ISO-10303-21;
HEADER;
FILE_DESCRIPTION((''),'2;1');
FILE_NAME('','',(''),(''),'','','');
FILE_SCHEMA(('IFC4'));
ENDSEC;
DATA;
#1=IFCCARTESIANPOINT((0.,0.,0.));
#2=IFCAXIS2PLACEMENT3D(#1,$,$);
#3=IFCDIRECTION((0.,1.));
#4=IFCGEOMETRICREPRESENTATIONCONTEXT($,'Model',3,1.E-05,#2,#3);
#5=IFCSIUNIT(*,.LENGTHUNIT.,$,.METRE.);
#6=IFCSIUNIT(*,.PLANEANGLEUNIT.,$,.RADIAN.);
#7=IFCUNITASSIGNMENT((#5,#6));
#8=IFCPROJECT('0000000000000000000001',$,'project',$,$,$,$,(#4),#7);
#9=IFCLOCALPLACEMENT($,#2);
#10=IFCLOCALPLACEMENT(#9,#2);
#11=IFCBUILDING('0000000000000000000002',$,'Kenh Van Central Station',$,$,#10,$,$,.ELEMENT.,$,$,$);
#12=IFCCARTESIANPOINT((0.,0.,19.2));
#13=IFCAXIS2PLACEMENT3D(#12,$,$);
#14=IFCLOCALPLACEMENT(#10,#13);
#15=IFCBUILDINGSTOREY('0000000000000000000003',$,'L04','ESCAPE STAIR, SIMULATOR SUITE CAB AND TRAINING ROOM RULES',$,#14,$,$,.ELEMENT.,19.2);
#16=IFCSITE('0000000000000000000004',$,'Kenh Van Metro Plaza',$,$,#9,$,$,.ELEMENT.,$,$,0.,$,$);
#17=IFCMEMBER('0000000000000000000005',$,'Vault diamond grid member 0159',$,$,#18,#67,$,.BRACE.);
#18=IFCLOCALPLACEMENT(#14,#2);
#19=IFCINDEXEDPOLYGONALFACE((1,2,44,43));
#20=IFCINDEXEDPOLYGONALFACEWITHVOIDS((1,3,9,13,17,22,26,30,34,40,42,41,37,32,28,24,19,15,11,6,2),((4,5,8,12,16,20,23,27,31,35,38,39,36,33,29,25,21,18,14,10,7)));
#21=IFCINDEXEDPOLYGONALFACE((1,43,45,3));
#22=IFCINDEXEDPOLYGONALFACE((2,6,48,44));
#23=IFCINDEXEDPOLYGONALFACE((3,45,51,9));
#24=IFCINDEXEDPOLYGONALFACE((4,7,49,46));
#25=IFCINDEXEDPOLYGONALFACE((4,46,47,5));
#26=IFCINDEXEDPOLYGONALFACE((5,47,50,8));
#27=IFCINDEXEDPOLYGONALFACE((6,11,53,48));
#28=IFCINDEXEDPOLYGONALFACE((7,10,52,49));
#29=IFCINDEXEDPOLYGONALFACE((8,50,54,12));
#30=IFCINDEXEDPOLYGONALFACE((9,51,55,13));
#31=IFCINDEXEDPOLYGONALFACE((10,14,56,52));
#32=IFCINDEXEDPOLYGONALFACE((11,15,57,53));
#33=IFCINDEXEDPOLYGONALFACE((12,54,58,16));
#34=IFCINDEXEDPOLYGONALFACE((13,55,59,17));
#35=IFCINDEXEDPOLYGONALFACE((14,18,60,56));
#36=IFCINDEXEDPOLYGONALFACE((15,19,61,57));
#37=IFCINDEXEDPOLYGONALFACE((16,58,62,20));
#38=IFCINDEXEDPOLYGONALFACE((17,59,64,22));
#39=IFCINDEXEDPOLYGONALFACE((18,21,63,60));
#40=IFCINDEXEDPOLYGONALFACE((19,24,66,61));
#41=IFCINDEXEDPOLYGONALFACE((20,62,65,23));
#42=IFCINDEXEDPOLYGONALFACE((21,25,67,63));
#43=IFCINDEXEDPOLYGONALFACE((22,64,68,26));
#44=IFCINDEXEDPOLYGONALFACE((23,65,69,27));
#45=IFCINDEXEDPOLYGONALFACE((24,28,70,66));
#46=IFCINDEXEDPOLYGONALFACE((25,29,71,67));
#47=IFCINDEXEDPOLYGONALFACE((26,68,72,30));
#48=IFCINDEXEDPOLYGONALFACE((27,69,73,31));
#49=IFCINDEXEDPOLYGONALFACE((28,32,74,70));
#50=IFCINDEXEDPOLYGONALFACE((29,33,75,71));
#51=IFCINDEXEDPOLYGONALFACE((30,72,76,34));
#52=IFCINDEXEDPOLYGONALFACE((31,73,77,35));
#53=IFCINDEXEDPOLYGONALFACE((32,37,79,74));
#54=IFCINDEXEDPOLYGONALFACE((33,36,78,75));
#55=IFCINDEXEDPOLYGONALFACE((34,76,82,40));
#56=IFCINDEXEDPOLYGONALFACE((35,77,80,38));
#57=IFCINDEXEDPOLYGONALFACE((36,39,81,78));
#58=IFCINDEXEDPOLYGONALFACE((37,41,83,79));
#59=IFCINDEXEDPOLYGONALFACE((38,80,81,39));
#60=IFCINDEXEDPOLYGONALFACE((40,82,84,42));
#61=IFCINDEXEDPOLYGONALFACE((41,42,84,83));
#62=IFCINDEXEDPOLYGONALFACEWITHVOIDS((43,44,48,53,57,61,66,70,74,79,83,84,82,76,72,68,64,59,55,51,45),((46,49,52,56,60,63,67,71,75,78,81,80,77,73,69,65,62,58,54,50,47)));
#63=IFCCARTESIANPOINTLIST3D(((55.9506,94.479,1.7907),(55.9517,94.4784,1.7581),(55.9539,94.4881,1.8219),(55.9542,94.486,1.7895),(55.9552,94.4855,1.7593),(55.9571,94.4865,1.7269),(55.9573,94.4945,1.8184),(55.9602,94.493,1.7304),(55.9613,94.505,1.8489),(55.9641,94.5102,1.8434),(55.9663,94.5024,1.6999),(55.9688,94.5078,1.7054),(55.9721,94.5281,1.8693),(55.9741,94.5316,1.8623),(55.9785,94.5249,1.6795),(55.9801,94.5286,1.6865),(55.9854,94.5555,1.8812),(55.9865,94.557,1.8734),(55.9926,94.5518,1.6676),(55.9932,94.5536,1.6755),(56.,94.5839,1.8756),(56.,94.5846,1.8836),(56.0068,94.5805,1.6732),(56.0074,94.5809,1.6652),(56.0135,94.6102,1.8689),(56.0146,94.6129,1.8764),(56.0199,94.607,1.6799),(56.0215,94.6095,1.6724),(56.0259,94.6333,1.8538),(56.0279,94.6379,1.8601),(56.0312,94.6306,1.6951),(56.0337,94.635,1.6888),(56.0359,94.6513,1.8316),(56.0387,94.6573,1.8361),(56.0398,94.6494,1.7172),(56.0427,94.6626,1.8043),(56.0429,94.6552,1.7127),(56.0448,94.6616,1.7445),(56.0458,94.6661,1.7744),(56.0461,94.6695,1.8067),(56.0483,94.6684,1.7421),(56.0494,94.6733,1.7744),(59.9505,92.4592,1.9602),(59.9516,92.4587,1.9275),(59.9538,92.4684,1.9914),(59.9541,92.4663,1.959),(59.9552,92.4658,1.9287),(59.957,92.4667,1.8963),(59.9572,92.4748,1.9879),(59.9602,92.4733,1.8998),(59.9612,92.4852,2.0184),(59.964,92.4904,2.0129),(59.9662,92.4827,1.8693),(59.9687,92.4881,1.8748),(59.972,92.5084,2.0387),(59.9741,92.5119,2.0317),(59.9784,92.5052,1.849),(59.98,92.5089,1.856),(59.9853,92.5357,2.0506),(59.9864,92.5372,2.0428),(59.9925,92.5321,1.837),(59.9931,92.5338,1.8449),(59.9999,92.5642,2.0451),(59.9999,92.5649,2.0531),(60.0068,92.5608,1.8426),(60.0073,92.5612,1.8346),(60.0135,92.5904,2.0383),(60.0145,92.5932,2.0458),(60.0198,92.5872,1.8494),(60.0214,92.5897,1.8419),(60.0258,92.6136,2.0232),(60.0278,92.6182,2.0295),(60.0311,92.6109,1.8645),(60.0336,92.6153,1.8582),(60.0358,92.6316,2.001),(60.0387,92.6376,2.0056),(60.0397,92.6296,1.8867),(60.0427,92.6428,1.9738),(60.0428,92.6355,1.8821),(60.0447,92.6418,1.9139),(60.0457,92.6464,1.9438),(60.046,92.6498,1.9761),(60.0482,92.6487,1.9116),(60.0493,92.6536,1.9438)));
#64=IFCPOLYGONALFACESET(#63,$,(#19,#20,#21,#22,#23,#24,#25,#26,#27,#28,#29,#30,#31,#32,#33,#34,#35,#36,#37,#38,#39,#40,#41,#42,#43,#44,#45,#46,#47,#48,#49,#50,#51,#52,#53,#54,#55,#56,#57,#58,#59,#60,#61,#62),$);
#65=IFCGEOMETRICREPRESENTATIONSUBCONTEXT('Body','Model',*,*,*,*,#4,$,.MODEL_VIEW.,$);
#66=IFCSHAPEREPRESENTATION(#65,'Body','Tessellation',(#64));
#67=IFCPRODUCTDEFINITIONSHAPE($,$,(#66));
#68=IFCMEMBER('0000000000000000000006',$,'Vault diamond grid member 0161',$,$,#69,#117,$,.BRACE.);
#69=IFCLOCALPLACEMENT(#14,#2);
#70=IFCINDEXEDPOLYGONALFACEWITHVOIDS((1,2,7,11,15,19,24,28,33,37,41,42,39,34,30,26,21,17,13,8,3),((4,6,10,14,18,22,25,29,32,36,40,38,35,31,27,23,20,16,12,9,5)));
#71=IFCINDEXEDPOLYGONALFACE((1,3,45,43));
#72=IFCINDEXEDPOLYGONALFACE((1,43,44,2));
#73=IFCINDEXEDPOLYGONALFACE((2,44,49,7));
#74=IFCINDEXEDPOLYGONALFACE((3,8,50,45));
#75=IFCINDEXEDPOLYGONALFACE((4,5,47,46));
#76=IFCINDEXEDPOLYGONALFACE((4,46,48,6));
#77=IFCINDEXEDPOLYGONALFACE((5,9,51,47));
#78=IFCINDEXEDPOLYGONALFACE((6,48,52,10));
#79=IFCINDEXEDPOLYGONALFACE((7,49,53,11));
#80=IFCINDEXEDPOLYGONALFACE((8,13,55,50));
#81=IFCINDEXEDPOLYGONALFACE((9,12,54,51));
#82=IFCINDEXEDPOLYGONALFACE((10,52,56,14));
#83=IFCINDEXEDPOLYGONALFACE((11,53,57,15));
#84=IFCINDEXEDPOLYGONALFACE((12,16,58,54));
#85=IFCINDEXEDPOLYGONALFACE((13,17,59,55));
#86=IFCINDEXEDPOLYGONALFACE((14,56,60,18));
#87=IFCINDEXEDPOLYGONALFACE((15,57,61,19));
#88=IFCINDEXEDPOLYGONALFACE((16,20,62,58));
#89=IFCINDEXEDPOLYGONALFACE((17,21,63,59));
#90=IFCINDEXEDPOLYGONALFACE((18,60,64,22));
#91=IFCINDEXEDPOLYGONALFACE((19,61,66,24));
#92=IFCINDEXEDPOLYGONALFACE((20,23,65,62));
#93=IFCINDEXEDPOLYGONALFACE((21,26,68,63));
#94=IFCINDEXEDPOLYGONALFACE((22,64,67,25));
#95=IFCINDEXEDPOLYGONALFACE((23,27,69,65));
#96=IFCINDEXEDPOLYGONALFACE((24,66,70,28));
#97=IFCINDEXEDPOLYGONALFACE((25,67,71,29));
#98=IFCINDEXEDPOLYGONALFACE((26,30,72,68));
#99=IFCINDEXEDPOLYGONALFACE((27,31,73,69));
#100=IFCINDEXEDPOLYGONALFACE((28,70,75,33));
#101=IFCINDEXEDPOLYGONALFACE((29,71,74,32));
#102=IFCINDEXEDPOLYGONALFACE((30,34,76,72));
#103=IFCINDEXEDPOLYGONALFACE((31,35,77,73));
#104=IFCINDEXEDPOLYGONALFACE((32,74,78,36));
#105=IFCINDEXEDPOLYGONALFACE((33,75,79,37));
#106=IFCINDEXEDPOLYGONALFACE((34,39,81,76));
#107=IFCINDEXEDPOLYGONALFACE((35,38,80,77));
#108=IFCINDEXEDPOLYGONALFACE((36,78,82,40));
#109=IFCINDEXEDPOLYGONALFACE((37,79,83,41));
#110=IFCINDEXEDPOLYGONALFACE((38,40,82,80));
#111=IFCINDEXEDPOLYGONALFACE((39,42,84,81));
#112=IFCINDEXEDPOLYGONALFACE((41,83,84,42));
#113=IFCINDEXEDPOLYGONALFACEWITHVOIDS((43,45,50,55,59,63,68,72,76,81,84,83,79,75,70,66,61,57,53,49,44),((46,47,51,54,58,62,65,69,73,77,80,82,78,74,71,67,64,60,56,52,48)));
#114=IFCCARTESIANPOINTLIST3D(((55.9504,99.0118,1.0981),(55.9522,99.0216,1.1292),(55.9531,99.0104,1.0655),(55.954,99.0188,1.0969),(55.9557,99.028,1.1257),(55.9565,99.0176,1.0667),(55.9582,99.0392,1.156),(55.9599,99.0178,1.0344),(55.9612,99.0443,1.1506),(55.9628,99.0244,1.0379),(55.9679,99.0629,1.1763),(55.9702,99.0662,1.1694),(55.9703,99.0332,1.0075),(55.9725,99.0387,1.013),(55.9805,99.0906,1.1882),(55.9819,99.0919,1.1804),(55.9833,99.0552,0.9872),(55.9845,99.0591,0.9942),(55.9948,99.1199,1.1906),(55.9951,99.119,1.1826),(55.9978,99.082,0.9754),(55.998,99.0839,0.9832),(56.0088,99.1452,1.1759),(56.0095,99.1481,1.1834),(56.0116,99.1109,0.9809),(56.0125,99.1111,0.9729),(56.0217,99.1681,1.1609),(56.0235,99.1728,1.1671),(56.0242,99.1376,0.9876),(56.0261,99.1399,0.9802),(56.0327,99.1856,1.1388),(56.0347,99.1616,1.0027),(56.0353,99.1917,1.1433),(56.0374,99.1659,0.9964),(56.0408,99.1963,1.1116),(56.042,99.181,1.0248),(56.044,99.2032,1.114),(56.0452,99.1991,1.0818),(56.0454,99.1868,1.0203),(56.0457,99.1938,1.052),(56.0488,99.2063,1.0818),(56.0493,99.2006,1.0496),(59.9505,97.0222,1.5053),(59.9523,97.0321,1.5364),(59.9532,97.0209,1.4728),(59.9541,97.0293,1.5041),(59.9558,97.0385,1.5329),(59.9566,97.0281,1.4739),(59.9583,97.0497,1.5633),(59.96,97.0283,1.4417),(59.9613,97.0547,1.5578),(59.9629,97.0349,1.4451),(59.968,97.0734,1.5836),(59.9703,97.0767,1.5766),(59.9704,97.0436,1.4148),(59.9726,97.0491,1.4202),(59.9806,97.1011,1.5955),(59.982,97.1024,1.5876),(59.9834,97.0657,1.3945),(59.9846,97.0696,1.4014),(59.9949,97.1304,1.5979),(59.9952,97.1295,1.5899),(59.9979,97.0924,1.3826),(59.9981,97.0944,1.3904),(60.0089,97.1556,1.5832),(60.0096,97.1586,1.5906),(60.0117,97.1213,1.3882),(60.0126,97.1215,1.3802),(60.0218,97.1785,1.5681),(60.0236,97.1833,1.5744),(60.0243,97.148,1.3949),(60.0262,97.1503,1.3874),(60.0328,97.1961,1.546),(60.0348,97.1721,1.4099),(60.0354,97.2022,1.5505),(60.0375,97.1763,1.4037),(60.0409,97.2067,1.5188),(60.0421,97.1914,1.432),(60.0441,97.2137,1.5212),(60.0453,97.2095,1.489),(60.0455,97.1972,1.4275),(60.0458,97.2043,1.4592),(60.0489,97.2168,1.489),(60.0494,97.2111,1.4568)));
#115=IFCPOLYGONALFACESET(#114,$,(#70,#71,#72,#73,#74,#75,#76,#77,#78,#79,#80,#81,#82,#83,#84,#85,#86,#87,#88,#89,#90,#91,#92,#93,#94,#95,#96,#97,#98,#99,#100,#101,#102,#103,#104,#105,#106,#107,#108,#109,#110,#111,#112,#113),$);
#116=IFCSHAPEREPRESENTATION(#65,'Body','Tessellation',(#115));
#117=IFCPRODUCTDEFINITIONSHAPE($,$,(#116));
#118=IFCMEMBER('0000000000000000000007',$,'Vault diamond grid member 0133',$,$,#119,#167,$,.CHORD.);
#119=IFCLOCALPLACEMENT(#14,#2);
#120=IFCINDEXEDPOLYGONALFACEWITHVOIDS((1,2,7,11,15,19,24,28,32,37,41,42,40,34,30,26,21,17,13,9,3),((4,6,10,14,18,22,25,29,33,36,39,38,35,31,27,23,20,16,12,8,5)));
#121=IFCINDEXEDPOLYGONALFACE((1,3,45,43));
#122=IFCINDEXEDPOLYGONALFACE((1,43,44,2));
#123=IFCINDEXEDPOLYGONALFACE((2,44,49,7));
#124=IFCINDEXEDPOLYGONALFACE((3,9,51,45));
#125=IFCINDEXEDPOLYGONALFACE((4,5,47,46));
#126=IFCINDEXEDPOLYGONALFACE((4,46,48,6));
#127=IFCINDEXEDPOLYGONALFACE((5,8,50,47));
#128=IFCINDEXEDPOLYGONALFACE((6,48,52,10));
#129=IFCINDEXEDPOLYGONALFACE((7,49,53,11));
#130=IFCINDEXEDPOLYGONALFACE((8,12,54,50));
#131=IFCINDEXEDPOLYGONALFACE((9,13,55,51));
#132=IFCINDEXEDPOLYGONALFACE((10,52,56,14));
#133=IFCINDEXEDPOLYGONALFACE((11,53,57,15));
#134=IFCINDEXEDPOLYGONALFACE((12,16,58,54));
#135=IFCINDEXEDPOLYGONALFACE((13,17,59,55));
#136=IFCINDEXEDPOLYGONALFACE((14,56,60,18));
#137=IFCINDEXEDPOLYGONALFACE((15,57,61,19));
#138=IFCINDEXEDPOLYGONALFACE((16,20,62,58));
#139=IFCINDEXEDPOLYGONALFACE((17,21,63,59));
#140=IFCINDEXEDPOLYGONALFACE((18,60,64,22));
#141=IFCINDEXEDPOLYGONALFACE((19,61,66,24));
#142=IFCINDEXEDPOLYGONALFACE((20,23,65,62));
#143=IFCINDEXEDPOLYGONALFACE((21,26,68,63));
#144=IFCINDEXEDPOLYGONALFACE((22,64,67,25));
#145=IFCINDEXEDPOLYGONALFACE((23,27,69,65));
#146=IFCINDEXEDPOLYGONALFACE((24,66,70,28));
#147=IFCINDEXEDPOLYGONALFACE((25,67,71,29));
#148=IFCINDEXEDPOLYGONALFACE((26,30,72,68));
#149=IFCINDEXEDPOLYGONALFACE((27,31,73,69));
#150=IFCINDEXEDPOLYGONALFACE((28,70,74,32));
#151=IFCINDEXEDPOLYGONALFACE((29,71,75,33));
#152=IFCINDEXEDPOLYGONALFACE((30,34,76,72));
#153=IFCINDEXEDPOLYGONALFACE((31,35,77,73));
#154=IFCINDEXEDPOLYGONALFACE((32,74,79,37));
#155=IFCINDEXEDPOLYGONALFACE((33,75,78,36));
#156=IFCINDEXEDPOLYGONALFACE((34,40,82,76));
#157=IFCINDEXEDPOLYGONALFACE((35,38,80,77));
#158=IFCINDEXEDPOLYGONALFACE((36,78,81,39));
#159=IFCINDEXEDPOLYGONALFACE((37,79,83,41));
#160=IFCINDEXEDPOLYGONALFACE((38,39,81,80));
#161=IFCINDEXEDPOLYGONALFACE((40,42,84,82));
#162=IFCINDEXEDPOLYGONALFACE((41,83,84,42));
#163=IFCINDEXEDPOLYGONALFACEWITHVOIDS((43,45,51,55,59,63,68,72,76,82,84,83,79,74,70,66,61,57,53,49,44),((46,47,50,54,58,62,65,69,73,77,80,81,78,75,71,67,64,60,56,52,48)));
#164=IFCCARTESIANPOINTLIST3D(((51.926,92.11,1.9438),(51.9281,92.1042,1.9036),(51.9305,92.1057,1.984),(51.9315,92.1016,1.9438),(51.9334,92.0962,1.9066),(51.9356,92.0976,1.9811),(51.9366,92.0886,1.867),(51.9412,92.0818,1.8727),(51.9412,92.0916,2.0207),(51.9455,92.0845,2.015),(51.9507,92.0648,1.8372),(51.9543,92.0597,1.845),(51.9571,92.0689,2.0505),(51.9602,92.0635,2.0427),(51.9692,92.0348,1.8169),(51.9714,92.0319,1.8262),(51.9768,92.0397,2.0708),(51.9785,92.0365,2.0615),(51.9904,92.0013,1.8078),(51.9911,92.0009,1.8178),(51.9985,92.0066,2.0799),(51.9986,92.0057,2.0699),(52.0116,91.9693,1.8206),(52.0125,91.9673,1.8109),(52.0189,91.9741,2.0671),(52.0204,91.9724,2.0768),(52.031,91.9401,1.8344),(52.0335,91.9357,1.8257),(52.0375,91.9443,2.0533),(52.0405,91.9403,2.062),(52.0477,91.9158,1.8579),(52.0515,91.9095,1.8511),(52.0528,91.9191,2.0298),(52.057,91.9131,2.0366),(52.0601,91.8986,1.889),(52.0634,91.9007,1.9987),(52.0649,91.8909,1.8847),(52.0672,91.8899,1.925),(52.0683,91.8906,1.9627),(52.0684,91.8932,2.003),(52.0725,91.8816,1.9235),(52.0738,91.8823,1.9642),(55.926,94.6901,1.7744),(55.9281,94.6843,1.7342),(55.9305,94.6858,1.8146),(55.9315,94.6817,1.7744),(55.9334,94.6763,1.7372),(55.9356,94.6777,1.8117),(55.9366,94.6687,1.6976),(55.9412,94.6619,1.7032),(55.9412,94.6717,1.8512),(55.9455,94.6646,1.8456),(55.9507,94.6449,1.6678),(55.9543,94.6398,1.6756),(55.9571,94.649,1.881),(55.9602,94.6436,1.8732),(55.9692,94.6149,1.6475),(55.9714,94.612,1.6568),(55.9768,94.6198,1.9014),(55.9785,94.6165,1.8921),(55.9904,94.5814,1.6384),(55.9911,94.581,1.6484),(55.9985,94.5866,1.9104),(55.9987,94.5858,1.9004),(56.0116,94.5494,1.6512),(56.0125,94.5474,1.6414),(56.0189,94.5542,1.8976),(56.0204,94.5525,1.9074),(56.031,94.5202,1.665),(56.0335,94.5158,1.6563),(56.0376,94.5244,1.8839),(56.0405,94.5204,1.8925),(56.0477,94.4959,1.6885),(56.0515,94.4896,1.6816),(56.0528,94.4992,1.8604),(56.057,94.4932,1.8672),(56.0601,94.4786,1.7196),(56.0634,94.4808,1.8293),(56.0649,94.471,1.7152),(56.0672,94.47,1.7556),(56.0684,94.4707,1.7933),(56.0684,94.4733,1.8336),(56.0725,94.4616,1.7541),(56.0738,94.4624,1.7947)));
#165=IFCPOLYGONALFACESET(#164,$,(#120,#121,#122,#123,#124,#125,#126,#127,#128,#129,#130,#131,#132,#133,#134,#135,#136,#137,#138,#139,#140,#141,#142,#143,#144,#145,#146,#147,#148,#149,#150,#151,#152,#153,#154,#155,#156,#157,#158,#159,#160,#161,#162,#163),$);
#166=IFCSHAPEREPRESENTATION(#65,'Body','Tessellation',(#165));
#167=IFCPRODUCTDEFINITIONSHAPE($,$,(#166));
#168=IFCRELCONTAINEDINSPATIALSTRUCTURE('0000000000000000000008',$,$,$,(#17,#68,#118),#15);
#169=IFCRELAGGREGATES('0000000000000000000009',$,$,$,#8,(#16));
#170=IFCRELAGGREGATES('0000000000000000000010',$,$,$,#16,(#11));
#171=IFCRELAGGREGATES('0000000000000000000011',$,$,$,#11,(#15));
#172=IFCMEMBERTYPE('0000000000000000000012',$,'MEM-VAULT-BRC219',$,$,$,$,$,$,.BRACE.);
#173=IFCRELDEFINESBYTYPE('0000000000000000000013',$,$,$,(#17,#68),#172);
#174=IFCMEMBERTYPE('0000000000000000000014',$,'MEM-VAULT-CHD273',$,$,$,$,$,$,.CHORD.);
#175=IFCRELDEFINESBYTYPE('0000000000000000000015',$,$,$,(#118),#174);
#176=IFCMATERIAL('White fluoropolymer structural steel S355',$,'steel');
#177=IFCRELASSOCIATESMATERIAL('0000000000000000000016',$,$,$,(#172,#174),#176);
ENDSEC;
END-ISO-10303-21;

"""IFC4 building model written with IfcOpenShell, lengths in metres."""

from ifc_helpers import new_model, si_unit, direction, frame, origin, origin_2d, place, context, subcontext, project, spatial, hollow_circle, extrude, material, material_profile, profile_set, type_object, element, save


model = new_model("IFC4")

# Units and contexts
model_context = context("Model", 3, precision=1e-05, world=origin(), true_north=direction((0.0, 1.0)))
body_context = subcontext(model_context, "Body", "Model", "MODEL_VIEW")
ifc_project = project(units=[si_unit("LENGTHUNIT", "METRE"), si_unit("PLANEANGLEUNIT", "RADIAN")], contexts=[model_context])

# Site, building, storey
site_placement = place(None, origin())
site = spatial("IfcSite", under=ifc_project, at=site_placement, Name="Kenh Van Metro Plaza", CompositionType="ELEMENT", RefElevation=0.0)
building_placement = place(site_placement, origin())
building = spatial("IfcBuilding", under=site, at=building_placement, Name="Kenh Van Central Station", CompositionType="ELEMENT")
storey_placement = place(building_placement, frame((0.0, 0.0, 19.2)))
storey = spatial("IfcBuildingStorey", under=building, at=storey_placement, Name="L04", Description="ESCAPE STAIR, SIMULATOR SUITE CAB AND TRAINING ROOM RULES", CompositionType="ELEMENT", Elevation=19.2)

# Shared definitions
ifc_material_1 = material(Name="White fluoropolymer structural steel S355", Category="steel")

# Members
ifc_material_profile_1 = material_profile(ifc_material_1, hollow_circle(Radius=0.1096, WallThickness=0.0081, at=origin_2d()), Name="CHS 219.1x8")
ifc_profile_set_1 = profile_set([ifc_material_profile_1], Name="White fluoropolymer structural steel S355")
member_type_1 = type_object("IfcMemberType", Name="MEM-VAULT-BRC219", PredefinedType="BRACE", material=ifc_profile_set_1)
member_1_placement = place(storey_placement, frame((56.0, 94.5754, 1.7744), z_axis=(0.892018, -0.450419, 0.037784), x_axis=(0.450741, 0.892655, 0.0)))
element("IfcMember", 1, at=member_1_placement, inside=storey, type_object=member_type_1, Name="Vault diamond grid member 0159", PredefinedType="BRACE", context=body_context, shape_type="SweptSolid", body=[
    extrude(hollow_circle(Radius=0.1096, WallThickness=0.0081, at=origin_2d()), origin(), (0.0, 0.0, 1.0), 4.4841),
])
member_2_placement = place(storey_placement, frame((56.0, 99.1082, 1.0818), z_axis=(0.891668, -0.443494, 0.090778), x_axis=(0.445333, 0.895365, 0.0)))
element("IfcMember", 2, at=member_2_placement, inside=storey, type_object=member_type_1, Name="Vault diamond grid member 0161", PredefinedType="BRACE", context=body_context, shape_type="SweptSolid", body=[
    extrude(hollow_circle(Radius=0.1096, WallThickness=0.0081, at=origin_2d()), origin(), (0.0, 0.0, 1.0), 4.4861),
])
ifc_material_profile_2 = material_profile(ifc_material_1, hollow_circle(Radius=0.1365, WallThickness=0.01, at=origin_2d()), Name="CHS 273x10")
ifc_profile_set_2 = profile_set([ifc_material_profile_2], Name="White fluoropolymer structural steel S355")
member_type_2 = type_object("IfcMemberType", Name="MEM-VAULT-CHD273", PredefinedType="CHORD", material=ifc_profile_set_2)
member_3_placement = place(storey_placement, frame((52.0, 91.9954, 1.9438), z_axis=(0.839819, 0.5417, -0.035573), x_axis=(-0.542043, 0.840351, 0.0)))
element("IfcMember", 3, at=member_3_placement, inside=storey, type_object=member_type_2, Name="Vault diamond grid member 0133", PredefinedType="CHORD", context=body_context, shape_type="SweptSolid", body=[
    extrude(hollow_circle(Radius=0.1365, WallThickness=0.01, at=origin_2d()), origin(), (0.0, 0.0, 1.0), 4.7629),
])

save(model, "model.ifc")
